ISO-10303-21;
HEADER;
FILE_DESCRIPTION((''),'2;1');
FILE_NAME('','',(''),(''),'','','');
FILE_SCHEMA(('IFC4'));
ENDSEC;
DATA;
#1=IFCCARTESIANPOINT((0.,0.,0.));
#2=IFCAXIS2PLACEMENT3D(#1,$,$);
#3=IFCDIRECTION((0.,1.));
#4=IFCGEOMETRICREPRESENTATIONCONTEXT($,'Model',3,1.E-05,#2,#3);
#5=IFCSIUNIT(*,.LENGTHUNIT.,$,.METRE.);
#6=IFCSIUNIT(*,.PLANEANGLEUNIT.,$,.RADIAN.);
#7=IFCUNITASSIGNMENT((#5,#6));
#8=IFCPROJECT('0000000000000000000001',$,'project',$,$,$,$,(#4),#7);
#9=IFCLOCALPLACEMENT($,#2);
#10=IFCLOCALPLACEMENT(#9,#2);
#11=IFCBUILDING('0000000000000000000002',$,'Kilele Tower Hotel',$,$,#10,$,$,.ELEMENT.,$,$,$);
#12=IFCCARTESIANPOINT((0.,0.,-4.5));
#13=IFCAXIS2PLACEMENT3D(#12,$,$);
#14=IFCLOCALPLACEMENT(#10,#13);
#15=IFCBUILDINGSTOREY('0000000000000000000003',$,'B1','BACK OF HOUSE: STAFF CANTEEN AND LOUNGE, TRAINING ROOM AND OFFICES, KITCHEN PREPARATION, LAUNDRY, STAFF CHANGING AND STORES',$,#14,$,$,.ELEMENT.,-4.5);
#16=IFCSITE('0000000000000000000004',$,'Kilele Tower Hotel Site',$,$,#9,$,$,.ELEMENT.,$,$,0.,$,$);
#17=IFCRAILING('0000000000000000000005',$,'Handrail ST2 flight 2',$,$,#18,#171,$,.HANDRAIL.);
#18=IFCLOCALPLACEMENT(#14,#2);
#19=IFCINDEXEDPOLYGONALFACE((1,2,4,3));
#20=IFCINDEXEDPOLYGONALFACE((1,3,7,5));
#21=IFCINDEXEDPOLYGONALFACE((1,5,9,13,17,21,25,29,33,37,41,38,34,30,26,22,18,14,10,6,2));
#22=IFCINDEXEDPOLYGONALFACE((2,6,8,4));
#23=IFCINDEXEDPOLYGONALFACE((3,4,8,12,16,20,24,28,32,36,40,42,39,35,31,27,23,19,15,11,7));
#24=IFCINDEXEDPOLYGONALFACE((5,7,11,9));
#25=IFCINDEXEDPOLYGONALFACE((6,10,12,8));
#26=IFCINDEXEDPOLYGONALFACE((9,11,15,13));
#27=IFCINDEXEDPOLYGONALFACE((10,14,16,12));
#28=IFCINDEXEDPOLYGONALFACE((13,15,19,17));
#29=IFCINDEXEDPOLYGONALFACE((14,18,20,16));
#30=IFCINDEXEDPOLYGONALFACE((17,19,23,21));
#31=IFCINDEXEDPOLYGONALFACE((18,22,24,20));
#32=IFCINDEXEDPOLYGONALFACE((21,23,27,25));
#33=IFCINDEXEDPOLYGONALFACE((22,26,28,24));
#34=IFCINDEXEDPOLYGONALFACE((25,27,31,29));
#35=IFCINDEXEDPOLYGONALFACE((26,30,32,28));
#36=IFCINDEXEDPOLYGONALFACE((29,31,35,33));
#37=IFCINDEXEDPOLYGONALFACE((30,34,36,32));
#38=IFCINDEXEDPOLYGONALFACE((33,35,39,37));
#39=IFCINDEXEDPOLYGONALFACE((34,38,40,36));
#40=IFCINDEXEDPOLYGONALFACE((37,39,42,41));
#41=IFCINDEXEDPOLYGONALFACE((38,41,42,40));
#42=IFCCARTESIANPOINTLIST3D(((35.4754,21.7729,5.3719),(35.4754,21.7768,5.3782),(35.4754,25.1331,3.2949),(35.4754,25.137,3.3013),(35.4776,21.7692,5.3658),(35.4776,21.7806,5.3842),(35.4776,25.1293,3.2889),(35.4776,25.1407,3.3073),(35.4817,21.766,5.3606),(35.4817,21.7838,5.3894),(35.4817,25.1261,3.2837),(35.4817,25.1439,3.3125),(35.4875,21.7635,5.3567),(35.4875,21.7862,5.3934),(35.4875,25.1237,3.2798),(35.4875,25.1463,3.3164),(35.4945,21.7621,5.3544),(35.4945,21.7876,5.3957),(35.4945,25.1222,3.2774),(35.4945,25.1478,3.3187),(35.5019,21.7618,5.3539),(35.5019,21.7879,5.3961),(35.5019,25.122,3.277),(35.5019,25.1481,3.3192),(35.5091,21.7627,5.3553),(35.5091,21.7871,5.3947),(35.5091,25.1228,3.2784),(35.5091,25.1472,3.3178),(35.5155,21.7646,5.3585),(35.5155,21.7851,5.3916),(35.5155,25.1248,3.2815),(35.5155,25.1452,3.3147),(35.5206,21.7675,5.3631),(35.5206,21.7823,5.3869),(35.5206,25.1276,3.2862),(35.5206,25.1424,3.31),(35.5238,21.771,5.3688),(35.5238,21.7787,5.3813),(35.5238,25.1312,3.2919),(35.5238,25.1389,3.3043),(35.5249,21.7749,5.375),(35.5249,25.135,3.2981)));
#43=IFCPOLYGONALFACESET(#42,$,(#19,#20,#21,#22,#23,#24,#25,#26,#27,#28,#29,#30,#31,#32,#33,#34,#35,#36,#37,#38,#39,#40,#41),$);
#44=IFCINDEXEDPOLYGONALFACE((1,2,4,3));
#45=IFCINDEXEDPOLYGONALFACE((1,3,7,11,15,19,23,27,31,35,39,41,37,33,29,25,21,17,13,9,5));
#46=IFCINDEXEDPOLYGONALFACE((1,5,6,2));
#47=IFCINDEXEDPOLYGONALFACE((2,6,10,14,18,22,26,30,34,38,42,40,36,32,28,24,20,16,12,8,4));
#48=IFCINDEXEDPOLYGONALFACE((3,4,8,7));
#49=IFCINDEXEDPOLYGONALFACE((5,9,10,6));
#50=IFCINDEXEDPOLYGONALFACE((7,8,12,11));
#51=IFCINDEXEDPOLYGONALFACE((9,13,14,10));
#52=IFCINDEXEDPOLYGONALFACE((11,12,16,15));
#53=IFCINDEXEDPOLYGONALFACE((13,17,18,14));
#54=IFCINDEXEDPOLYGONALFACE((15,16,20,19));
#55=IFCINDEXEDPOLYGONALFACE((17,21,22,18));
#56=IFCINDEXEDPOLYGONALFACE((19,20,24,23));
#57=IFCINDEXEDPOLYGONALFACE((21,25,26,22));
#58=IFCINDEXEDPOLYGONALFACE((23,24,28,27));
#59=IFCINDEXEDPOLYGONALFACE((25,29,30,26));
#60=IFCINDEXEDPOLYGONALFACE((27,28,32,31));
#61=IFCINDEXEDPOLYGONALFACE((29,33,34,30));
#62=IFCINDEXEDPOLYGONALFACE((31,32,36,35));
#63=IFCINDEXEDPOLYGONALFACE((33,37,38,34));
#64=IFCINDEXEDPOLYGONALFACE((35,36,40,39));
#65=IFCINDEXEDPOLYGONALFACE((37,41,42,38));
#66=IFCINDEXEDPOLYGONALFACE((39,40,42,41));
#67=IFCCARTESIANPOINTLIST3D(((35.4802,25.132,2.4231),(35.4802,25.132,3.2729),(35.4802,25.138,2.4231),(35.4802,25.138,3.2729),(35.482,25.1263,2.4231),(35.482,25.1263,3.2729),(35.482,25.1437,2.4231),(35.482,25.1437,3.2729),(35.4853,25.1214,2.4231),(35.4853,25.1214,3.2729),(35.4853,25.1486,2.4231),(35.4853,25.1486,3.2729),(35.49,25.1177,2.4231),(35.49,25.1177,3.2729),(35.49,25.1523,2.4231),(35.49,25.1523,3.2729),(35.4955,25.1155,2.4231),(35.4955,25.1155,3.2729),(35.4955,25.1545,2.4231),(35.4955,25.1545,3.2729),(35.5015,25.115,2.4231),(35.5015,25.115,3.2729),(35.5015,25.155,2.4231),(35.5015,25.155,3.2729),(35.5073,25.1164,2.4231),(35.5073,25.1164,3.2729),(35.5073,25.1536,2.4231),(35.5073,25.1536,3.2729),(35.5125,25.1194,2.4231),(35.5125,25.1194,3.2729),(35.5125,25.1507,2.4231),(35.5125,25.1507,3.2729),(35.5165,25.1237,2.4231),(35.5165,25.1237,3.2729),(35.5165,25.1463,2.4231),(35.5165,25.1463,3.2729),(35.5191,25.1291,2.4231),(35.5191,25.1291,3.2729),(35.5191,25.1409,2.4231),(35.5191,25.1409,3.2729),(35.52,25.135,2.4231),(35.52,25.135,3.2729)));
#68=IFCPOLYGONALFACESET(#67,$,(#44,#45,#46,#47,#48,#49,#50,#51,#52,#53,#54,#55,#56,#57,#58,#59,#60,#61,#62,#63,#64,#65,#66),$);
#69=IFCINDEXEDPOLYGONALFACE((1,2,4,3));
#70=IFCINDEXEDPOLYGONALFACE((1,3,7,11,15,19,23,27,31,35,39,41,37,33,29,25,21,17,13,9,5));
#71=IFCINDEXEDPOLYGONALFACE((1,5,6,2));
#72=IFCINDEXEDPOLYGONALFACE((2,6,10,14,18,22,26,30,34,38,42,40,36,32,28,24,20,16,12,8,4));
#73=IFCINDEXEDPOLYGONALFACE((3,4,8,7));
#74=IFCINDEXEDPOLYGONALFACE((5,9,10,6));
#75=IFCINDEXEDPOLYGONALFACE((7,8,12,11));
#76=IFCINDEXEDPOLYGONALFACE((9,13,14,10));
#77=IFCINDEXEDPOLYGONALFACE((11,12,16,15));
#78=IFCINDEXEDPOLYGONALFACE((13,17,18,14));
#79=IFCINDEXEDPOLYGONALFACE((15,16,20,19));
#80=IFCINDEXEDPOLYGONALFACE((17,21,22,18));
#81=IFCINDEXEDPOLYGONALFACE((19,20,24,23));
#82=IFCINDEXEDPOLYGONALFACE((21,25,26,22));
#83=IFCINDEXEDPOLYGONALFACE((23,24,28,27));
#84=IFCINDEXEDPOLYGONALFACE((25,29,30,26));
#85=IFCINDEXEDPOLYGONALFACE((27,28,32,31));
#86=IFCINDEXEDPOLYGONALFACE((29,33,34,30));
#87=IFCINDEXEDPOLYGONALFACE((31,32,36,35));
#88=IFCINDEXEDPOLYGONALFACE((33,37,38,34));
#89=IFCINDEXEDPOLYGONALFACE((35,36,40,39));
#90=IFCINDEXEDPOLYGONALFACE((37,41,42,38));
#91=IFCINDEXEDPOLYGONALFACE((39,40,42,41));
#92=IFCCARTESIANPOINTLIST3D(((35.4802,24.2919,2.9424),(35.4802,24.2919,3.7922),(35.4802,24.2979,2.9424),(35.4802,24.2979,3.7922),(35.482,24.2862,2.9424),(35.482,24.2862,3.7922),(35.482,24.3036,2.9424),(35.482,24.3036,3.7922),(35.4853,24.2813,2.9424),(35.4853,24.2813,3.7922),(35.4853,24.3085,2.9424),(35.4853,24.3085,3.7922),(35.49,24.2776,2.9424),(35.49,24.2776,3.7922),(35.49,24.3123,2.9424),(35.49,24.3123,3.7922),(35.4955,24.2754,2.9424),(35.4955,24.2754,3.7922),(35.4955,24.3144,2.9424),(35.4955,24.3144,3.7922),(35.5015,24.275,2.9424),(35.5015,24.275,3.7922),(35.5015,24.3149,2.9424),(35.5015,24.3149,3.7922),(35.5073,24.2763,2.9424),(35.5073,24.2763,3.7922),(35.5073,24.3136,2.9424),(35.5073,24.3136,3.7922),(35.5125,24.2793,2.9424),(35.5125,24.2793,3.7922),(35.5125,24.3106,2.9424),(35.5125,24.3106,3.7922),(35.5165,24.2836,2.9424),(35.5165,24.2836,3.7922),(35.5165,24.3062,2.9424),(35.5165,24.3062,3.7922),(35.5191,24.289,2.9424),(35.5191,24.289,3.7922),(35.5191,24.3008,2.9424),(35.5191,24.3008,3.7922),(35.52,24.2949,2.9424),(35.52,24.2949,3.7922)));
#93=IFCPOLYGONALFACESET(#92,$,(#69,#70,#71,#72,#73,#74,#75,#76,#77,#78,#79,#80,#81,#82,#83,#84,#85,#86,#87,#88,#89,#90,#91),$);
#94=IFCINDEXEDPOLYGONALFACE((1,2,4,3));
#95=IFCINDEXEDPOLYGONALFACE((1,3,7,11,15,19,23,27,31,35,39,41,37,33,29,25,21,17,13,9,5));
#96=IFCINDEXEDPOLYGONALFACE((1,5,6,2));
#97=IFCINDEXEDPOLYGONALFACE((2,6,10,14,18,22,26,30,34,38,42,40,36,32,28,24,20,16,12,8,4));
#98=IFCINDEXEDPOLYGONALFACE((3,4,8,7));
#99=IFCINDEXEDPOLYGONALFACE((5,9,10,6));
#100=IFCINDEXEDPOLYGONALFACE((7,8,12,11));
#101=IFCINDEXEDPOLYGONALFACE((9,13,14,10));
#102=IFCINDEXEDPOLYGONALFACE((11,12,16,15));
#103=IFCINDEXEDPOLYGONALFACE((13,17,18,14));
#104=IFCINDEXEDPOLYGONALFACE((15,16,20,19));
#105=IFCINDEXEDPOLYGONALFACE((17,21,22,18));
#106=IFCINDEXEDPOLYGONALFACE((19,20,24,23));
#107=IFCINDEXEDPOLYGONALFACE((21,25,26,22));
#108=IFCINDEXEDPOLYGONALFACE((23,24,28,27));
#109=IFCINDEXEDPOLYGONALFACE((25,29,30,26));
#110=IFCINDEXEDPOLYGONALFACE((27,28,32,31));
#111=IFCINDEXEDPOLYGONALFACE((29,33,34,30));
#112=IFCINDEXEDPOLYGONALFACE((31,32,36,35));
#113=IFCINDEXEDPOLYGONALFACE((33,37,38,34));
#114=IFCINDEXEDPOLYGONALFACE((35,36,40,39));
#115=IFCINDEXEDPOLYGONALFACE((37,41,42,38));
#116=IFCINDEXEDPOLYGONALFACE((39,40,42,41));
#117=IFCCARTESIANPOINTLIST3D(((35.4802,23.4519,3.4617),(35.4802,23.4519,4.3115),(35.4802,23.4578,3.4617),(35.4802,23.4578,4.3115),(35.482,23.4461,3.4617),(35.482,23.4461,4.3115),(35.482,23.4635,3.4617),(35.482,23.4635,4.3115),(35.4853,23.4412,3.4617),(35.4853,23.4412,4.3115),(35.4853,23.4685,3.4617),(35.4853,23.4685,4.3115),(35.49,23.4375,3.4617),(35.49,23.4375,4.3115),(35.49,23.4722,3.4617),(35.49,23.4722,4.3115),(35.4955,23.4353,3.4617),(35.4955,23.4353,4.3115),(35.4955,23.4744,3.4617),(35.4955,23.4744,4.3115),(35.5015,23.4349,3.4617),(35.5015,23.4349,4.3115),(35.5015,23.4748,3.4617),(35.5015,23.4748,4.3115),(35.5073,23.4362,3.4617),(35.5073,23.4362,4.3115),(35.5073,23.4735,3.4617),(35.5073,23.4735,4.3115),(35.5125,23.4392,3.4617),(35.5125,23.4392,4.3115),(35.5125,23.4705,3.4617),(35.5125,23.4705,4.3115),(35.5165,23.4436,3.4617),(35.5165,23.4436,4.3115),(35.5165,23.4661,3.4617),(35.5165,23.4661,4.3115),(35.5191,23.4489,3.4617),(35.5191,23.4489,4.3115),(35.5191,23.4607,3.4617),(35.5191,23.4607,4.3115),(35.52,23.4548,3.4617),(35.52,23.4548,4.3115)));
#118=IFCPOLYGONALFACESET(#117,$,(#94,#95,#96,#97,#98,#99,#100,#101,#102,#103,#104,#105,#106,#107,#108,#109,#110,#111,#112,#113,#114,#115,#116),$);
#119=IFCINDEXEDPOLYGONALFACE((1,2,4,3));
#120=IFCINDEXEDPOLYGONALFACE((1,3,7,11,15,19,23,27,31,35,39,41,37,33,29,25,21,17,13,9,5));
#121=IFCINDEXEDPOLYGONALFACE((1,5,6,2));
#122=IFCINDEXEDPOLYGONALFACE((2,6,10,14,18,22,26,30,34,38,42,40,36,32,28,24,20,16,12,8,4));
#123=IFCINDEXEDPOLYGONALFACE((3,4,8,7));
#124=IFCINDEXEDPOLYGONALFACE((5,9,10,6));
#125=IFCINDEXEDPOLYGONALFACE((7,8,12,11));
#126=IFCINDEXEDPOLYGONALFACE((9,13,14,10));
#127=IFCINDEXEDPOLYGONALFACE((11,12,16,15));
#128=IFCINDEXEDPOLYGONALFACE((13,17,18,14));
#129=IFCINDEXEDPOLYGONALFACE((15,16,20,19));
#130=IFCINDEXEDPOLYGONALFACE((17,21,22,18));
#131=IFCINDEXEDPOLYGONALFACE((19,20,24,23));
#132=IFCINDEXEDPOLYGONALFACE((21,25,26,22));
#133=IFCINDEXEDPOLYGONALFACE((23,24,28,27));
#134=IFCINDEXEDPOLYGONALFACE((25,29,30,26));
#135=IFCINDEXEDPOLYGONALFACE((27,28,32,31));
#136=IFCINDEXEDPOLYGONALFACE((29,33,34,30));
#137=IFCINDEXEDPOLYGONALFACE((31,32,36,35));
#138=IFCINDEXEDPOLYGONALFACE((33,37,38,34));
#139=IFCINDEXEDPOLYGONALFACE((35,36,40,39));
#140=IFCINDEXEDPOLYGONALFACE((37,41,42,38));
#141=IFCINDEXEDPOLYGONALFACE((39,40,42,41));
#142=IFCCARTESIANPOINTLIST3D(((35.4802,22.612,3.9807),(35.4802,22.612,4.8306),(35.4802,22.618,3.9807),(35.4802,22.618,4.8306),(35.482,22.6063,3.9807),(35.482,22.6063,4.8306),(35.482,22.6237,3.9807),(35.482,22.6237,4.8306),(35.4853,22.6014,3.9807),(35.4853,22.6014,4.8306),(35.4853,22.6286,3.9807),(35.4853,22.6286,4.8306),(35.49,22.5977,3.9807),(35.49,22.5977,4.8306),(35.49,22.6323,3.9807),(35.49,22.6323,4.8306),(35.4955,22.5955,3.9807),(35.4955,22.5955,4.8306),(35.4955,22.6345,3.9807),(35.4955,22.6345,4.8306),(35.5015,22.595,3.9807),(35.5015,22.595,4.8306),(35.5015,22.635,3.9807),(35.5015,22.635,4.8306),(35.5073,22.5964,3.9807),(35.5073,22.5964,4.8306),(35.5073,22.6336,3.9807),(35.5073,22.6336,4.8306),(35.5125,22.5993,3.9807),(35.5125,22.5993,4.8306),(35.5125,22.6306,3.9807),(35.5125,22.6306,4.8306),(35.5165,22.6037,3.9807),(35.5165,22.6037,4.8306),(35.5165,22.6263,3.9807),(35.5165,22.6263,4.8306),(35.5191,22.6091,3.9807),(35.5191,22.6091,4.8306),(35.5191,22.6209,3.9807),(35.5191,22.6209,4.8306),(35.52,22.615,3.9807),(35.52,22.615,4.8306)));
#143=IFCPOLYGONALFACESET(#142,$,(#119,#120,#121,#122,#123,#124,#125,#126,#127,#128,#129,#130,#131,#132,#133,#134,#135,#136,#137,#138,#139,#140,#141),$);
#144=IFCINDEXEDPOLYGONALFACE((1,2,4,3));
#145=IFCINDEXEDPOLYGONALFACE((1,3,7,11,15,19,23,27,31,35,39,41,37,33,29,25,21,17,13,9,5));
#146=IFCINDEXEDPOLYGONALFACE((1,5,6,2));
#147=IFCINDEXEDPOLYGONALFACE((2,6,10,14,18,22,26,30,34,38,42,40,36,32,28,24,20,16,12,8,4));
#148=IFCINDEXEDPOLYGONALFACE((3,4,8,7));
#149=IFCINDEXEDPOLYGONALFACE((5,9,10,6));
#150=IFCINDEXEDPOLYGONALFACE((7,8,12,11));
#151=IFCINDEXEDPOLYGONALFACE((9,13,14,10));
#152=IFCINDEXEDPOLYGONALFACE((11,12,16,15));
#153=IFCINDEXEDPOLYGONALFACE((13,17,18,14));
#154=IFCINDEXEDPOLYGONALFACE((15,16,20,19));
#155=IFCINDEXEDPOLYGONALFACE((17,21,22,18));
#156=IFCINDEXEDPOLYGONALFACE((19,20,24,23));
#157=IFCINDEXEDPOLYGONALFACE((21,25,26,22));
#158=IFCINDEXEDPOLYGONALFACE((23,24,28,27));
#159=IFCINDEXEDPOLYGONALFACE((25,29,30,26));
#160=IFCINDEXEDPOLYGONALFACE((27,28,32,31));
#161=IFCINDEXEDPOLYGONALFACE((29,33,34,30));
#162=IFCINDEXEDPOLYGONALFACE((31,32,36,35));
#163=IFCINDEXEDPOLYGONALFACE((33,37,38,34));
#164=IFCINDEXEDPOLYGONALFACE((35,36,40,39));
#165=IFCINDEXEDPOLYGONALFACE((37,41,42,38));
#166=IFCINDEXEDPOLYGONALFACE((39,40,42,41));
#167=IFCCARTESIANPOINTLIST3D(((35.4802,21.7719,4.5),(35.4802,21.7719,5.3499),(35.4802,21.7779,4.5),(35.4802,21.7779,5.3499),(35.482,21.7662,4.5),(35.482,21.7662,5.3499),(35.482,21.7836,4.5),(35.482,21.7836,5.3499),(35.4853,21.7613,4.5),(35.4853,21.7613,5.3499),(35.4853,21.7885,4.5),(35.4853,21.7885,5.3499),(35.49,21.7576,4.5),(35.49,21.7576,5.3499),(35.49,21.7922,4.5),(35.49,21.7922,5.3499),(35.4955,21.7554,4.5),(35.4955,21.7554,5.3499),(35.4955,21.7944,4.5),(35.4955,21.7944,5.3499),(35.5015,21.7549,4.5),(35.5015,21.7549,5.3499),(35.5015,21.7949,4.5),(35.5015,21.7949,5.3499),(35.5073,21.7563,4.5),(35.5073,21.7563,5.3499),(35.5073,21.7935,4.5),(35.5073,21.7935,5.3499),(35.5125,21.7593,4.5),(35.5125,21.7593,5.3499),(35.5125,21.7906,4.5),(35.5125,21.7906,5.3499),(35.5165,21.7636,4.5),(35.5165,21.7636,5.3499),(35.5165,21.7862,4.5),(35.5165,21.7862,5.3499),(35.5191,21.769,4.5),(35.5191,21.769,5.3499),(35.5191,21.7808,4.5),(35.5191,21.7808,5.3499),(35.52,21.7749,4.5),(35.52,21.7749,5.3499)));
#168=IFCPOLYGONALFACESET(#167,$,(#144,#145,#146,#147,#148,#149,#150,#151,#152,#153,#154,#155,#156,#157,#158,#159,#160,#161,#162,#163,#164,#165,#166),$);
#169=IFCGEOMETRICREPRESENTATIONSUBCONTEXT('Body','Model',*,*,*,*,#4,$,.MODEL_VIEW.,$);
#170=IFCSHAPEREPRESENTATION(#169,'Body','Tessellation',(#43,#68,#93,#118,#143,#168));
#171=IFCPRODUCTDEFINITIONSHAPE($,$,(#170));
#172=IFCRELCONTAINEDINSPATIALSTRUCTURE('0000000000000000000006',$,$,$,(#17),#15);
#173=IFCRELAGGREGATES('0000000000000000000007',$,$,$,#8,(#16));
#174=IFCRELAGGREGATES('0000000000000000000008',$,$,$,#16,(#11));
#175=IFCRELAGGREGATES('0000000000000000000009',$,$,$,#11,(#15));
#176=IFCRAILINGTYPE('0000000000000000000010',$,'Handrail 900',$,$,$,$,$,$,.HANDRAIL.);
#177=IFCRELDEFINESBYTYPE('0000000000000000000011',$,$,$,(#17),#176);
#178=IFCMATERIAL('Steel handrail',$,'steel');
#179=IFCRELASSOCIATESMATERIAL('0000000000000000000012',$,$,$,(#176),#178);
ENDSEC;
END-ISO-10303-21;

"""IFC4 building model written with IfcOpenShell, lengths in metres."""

from ifc_helpers import new_model, si_unit, direction, frame, origin, origin_2d, place, context, subcontext, project, spatial, circle, extrude, material, type_object, element, save


model = new_model("IFC4")

# Units and contexts
model_context = context("Model", 3, precision=1e-05, world=origin(), true_north=direction((0.0, 1.0)))
body_context = subcontext(model_context, "Body", "Model", "MODEL_VIEW")
ifc_project = project(units=[si_unit("LENGTHUNIT", "METRE"), si_unit("PLANEANGLEUNIT", "RADIAN")], contexts=[model_context])

# Site, building, storey
site_placement = place(None, origin())
site = spatial("IfcSite", under=ifc_project, at=site_placement, Name="Kilele Tower Hotel Site", CompositionType="ELEMENT", RefElevation=0.0)
building_placement = place(site_placement, origin())
building = spatial("IfcBuilding", under=site, at=building_placement, Name="Kilele Tower Hotel", CompositionType="ELEMENT")
storey_placement = place(building_placement, frame((0.0, 0.0, -4.5)))
storey = spatial("IfcBuildingStorey", under=building, at=storey_placement, Name="B1", Description="BACK OF HOUSE: STAFF CANTEEN AND LOUNGE, TRAINING ROOM AND OFFICES, KITCHEN PREPARATION, LAUNDRY, STAFF CHANGING AND STORES", CompositionType="ELEMENT", Elevation=-4.5)

# Railing
ifc_material_1 = material(Name="Steel handrail", Category="steel")
railing_type_1 = type_object("IfcRailingType", Name="Handrail 900", PredefinedType="HANDRAIL", material=ifc_material_1)
for number, where, name in (
    (1, (35.5, 25.135, 2.4231), "Handrail ST2 flight 2"),
):
    element("IfcRailing", number, at=place(storey_placement, frame(where)), inside=storey, type_object=railing_type_1, Name=name, PredefinedType="HANDRAIL", context=body_context, shape_type="SweptSolid", body=[
        extrude(circle(Radius=0.0249, at=origin_2d()), frame((0.0, 0.0, 0.875), z_axis=(0.0, -0.850623, 0.525776), x_axis=(1.0, 0.0, 0.0)), (0.0, 0.0, 1.0), 3.9502),
        extrude(circle(Radius=0.02, at=origin_2d()), origin(), (0.0, 0.0, 1.0), 0.8499),
        extrude(circle(Radius=0.02, at=origin_2d()), frame((0.0, -0.8401, 0.5193)), (0.0, 0.0, 1.0), 0.8499),
        extrude(circle(Radius=0.02, at=origin_2d()), frame((0.0, -1.6802, 1.0386)), (0.0, 0.0, 1.0), 0.8499),
        extrude(circle(Radius=0.02, at=origin_2d()), frame((0.0, -2.52, 1.5576)), (0.0, 0.0, 1.0), 0.8499),
        extrude(circle(Radius=0.02, at=origin_2d()), frame((0.0, -3.3601, 2.0769)), (0.0, 0.0, 1.0), 0.8499),
    ])

save(model, "model.ifc")
